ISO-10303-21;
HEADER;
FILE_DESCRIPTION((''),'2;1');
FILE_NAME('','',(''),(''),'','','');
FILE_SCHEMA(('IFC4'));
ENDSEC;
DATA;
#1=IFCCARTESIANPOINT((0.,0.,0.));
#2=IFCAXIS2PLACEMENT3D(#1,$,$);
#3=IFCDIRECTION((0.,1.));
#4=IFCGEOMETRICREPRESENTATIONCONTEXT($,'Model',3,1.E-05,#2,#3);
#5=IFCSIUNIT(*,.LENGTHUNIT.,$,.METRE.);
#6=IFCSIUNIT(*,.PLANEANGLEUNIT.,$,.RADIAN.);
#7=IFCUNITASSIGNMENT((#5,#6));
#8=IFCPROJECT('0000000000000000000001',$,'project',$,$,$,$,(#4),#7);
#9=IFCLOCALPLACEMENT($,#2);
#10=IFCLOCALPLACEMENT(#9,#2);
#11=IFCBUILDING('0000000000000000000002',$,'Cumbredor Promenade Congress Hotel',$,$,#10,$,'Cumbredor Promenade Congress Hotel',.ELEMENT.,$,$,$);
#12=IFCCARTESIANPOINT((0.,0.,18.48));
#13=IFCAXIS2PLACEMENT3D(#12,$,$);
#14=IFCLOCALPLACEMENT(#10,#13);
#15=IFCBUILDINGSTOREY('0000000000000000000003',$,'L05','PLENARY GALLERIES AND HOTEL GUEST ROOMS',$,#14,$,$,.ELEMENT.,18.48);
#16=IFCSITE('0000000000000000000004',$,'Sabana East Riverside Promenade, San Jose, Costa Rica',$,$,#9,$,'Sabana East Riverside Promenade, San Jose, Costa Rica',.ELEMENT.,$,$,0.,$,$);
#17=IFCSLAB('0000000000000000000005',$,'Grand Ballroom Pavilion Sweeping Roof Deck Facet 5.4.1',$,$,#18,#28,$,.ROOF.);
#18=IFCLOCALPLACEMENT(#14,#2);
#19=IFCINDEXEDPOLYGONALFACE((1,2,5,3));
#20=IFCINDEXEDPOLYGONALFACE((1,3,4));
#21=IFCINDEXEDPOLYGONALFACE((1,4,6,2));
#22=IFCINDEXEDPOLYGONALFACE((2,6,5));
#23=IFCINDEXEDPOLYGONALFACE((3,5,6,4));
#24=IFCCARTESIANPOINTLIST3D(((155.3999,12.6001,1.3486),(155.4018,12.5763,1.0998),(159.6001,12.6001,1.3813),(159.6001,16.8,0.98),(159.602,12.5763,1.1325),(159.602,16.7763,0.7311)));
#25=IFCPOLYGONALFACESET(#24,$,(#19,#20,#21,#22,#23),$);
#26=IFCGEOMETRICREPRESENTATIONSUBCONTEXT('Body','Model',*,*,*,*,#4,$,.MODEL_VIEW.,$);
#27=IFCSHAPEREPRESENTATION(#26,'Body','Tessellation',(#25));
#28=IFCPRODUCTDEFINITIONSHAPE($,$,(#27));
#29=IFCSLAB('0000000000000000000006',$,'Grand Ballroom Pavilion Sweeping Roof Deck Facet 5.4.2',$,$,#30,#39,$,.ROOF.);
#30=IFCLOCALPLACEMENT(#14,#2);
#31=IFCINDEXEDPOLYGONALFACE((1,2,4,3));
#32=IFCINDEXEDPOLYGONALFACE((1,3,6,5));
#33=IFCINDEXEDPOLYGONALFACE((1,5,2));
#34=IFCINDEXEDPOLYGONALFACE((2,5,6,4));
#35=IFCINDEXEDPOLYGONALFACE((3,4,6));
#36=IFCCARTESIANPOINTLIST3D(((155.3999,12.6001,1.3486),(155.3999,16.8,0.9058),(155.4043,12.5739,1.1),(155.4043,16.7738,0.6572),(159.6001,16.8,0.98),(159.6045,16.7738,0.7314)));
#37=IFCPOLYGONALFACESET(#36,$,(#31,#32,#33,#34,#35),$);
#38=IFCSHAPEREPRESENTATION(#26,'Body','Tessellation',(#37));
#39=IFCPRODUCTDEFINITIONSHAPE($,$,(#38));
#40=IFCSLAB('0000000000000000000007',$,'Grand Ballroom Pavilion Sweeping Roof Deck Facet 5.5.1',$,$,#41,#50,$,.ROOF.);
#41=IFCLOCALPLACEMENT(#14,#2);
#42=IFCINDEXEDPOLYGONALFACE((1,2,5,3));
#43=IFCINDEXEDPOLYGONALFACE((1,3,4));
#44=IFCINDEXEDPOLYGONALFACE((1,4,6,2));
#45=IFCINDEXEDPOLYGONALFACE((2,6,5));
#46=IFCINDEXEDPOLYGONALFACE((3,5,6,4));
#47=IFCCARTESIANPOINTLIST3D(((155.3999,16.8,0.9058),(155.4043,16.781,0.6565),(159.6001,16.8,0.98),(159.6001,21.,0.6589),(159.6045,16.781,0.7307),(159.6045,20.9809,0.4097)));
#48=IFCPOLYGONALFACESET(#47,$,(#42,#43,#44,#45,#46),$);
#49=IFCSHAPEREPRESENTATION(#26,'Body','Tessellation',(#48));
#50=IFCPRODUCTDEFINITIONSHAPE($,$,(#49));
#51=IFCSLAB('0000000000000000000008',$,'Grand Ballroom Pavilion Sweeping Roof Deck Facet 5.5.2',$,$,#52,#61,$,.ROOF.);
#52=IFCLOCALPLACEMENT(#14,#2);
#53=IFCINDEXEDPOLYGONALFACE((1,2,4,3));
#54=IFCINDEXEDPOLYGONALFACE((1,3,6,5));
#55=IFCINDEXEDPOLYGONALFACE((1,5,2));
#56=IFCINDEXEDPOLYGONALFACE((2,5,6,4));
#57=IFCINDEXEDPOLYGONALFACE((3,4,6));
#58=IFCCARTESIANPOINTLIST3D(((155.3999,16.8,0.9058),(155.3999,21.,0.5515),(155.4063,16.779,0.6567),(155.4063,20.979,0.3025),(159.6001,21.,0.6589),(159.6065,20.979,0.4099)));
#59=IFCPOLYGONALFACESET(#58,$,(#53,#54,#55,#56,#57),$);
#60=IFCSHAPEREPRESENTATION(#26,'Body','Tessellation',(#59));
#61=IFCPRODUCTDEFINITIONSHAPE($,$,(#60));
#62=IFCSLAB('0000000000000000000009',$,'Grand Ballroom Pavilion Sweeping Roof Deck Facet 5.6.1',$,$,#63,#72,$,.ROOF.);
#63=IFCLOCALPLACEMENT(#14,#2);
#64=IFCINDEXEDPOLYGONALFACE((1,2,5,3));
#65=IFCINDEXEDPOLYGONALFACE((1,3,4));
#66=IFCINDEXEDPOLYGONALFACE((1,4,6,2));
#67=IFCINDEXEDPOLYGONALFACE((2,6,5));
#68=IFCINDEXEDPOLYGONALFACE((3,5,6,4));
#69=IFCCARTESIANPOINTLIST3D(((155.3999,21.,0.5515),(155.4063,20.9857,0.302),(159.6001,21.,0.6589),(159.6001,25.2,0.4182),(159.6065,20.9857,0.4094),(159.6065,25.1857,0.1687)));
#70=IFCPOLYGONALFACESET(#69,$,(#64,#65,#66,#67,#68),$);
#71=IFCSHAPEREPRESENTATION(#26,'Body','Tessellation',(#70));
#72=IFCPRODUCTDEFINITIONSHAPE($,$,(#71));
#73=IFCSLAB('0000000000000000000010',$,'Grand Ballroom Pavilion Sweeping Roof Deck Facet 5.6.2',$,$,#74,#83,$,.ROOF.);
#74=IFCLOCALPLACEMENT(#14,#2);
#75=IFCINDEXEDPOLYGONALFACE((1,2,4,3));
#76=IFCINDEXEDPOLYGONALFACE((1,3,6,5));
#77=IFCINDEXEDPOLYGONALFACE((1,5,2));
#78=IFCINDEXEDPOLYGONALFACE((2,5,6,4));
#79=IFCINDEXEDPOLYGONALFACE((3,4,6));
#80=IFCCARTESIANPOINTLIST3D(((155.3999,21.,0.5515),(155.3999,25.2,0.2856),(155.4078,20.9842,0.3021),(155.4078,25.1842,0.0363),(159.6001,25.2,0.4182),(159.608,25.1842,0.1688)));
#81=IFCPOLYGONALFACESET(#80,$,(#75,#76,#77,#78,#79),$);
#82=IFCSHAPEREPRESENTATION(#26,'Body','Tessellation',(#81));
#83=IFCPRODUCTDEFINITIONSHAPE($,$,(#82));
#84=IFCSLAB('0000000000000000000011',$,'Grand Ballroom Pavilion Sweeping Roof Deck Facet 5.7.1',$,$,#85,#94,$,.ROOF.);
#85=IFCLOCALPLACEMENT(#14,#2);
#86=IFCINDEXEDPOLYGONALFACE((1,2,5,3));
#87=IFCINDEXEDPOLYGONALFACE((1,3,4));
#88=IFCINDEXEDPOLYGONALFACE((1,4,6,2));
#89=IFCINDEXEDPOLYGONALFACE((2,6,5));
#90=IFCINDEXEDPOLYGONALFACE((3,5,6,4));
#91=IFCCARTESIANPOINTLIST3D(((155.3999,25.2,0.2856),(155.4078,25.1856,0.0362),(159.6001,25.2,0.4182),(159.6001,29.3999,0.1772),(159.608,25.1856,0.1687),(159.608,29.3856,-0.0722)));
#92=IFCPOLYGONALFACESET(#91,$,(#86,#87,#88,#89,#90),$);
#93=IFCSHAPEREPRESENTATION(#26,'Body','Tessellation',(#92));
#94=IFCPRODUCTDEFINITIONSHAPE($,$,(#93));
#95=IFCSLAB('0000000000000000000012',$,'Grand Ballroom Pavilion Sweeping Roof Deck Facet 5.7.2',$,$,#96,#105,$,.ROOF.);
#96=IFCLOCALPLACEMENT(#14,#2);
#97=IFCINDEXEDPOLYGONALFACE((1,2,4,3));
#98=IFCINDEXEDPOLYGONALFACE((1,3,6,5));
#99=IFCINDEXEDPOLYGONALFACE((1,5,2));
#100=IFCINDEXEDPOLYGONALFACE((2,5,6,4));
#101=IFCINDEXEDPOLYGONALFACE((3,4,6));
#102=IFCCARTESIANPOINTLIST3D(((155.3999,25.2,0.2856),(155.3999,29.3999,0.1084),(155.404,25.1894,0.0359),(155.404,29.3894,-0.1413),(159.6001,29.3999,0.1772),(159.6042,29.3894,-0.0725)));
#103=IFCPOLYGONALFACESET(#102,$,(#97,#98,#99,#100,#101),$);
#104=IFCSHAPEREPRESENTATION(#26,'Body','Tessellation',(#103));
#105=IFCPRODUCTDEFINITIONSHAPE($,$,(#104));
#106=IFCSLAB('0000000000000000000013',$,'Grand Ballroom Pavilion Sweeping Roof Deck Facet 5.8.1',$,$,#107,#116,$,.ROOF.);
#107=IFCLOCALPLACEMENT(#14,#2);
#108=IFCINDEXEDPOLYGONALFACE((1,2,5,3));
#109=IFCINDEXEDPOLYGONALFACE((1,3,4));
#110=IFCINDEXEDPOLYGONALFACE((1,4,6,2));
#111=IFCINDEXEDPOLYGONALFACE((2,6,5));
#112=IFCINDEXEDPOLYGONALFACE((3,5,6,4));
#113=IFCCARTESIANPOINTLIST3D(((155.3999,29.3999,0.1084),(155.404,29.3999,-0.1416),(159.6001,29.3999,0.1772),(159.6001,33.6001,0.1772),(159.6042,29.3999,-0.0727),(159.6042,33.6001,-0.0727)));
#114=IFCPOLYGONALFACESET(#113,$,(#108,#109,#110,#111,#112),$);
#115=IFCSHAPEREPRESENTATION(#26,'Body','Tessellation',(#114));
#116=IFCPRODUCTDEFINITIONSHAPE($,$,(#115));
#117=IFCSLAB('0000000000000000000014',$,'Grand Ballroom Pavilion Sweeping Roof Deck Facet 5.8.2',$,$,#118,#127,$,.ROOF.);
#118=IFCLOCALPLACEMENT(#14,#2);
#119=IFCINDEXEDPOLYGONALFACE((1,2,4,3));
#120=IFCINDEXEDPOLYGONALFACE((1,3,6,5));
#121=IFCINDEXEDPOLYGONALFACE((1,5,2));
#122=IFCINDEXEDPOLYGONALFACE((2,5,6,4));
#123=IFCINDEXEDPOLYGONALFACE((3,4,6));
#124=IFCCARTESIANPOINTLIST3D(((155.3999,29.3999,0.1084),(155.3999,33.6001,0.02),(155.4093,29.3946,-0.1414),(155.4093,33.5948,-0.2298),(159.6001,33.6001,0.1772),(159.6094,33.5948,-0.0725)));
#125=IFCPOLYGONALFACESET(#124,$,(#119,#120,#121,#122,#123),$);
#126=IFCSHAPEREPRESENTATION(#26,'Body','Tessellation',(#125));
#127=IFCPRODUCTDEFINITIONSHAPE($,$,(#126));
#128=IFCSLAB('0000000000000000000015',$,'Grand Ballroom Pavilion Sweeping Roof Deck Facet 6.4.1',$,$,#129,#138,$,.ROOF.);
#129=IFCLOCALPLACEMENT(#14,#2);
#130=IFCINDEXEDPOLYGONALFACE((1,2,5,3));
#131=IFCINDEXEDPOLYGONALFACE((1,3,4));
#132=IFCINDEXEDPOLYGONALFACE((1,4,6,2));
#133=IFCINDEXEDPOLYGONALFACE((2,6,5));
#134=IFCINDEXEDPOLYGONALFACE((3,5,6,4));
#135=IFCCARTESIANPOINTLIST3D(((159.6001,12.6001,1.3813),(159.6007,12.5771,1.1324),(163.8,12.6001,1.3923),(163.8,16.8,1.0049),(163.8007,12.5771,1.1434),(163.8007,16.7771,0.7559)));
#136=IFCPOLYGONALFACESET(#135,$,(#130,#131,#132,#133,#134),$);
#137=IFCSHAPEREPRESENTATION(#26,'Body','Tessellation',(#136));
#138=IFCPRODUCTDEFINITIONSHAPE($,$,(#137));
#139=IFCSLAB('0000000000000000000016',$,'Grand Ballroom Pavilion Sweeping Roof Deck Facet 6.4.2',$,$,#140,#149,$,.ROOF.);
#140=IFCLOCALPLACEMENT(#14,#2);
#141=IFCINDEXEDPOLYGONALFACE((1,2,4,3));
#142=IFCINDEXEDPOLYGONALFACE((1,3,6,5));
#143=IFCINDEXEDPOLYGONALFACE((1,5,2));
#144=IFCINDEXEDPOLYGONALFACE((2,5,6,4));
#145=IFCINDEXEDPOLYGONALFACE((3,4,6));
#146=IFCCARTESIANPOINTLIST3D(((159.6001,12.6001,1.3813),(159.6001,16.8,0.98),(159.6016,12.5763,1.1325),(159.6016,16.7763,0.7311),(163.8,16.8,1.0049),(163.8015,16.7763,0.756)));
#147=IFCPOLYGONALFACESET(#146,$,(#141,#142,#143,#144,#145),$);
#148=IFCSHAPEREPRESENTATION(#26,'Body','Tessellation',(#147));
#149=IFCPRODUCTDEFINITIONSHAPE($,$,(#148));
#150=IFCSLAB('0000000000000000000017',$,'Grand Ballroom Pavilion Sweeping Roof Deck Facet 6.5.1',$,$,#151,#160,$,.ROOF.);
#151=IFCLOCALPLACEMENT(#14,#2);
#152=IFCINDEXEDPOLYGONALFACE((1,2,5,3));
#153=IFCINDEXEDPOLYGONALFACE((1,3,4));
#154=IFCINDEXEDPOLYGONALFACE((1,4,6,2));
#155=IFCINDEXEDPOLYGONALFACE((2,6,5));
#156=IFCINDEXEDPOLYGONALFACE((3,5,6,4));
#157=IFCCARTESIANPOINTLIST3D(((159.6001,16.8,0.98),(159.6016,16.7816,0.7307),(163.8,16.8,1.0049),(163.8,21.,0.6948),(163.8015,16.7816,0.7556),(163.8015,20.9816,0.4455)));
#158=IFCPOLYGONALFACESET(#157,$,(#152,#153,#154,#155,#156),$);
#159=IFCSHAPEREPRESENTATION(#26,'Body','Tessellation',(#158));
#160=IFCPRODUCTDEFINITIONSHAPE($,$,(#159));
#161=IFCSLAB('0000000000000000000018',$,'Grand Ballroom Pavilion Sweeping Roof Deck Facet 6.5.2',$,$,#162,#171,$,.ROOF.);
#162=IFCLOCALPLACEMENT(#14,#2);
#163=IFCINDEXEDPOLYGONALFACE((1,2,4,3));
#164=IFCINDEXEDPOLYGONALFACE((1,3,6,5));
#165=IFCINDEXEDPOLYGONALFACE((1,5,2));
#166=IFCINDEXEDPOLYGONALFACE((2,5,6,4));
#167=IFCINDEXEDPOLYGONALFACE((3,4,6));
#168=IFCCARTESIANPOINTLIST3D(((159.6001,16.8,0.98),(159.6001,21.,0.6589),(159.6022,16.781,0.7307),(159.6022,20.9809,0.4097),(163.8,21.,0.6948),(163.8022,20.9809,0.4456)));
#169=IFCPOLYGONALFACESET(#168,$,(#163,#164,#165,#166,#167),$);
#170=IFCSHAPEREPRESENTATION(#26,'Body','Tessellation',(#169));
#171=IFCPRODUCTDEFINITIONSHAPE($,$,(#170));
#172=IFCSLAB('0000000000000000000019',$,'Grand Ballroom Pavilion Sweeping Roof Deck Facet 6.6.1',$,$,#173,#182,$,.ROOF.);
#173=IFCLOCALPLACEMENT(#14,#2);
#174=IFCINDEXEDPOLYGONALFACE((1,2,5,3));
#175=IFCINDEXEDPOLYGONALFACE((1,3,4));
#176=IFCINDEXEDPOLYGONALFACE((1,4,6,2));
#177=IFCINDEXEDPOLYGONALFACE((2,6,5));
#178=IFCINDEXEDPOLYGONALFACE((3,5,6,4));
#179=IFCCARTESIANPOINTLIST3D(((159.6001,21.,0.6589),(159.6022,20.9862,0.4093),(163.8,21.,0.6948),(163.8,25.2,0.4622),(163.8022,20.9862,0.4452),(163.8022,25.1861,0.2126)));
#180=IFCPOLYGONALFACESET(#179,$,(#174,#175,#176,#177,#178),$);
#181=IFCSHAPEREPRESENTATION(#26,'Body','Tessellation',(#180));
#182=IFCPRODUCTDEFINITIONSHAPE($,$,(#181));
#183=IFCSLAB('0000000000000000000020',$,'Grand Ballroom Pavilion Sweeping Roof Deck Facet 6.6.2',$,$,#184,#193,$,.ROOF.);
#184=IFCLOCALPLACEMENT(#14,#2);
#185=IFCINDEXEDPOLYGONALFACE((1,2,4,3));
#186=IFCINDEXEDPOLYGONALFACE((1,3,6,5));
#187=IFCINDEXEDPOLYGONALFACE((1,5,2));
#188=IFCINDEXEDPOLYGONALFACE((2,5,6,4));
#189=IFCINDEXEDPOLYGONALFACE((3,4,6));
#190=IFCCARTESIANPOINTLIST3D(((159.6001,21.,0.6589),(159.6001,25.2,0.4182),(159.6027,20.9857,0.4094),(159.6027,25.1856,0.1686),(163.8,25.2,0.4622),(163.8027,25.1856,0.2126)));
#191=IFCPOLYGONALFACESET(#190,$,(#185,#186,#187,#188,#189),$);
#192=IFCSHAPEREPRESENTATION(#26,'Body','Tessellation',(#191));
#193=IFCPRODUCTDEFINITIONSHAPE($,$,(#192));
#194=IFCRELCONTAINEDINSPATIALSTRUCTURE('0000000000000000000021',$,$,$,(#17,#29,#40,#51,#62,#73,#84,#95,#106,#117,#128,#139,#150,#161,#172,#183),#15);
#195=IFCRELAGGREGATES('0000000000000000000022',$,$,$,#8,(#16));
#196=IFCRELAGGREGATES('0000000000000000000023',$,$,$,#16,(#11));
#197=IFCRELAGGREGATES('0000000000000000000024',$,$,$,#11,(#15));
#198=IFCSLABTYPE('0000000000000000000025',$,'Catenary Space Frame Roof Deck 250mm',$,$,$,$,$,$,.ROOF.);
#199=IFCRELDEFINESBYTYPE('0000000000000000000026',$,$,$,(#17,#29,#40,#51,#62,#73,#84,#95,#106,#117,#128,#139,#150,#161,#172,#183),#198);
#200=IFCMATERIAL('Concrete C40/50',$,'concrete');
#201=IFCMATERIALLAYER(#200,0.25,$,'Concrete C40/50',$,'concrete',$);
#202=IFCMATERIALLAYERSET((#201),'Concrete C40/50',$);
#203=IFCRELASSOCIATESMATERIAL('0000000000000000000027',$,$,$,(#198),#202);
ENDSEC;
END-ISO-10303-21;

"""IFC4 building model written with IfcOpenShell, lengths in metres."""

from ifc_helpers import new_model, si_unit, direction, frame, origin, place, context, subcontext, project, spatial, polyline, outline, extrude, material, layer, layer_set, type_object, element, save


model = new_model("IFC4")

# Units and contexts
model_context = context("Model", 3, precision=1e-05, world=origin(), true_north=direction((0.0, 1.0)))
body_context = subcontext(model_context, "Body", "Model", "MODEL_VIEW")
ifc_project = project(units=[si_unit("LENGTHUNIT", "METRE"), si_unit("PLANEANGLEUNIT", "RADIAN")], contexts=[model_context])

# Site, building, storey
site_placement = place(None, origin())
site = spatial("IfcSite", under=ifc_project, at=site_placement, Name="Sabana East Riverside Promenade, San Jose, Costa Rica", LongName="Sabana East Riverside Promenade, San Jose, Costa Rica", CompositionType="ELEMENT", RefElevation=0.0)
building_placement = place(site_placement, origin())
building = spatial("IfcBuilding", under=site, at=building_placement, Name="Cumbredor Promenade Congress Hotel", LongName="Cumbredor Promenade Congress Hotel", CompositionType="ELEMENT")
storey_placement = place(building_placement, frame((0.0, 0.0, 18.48)))
storey = spatial("IfcBuildingStorey", under=building, at=storey_placement, Name="L05", Description="PLENARY GALLERIES AND HOTEL GUEST ROOMS", CompositionType="ELEMENT", Elevation=18.48)

# Slabs
ifc_material_1 = material(Name="Concrete C40/50", Category="concrete")
ifc_layer_1 = layer(ifc_material_1, 0.25, Name="Concrete C40/50", Category="concrete")
ifc_layer_set_1 = layer_set([ifc_layer_1], Name="Concrete C40/50")
slab_type = type_object("IfcSlabType", Name="Catenary Space Frame Roof Deck 250mm", PredefinedType="ROOF", material=ifc_layer_set_1)
slab_1_placement = place(storey_placement, frame((155.3999, 12.6001, 1.3486), z_axis=(-0.007753, 0.095128, 0.995435), x_axis=(0.99997, 0.0, 0.007789)))
element("IfcSlab", 1, at=slab_1_placement, inside=storey, type_object=slab_type, Name="Grand Ballroom Pavilion Sweeping Roof Deck Facet 5.4.1", PredefinedType="ROOF", context=body_context, shape_type="SweptSolid", body=[
    extrude(outline(polyline([(0.0, 0.0), (4.2003, 0.0), (4.1972, 4.2191), (0.0, 0.0)])), origin(), (0.0, 0.0, -1.0), 0.25),
])
slab_2_placement = place(storey_placement, frame((155.3999, 12.6001, 1.3486), z_axis=(-0.01757, 0.104849, 0.994333), x_axis=(0.705769, 0.705728, -0.061946)))
element("IfcSlab", 2, at=slab_2_placement, inside=storey, type_object=slab_type, Name="Grand Ballroom Pavilion Sweeping Roof Deck Facet 5.4.2", PredefinedType="ROOF", context=body_context, shape_type="SweptSolid", body=[
    extrude(outline(polyline([(0.0, 0.0), (5.9512, 0.0), (2.9915, 2.9811), (0.0, 0.0)])), origin(), (0.0, 0.0, -1.0), 0.25),
])
slab_3_placement = place(storey_placement, frame((155.3999, 16.8, 0.9058), z_axis=(-0.017616, 0.076206, 0.996936), x_axis=(0.999844, 0.0, 0.017668)))
element("IfcSlab", 3, at=slab_3_placement, inside=storey, type_object=slab_type, Name="Grand Ballroom Pavilion Sweeping Roof Deck Facet 5.5.1", PredefinedType="ROOF", context=body_context, shape_type="SweptSolid", body=[
    extrude(outline(polyline([(0.0, 0.0), (4.2009, 0.0), (4.1952, 4.2122), (0.0, 0.0)])), origin(), (0.0, 0.0, -1.0), 0.25),
])
slab_4_placement = place(storey_placement, frame((155.3999, 16.8, 0.9058), z_axis=(-0.025477, 0.08402, 0.996138), x_axis=(0.706518, 0.706477, -0.041519)))
element("IfcSlab", 4, at=slab_4_placement, inside=storey, type_object=slab_type, Name="Grand Ballroom Pavilion Sweeping Roof Deck Facet 5.5.2", PredefinedType="ROOF", context=body_context, shape_type="SweptSolid", body=[
    extrude(outline(polyline([(0.0, 0.0), (5.9449, 0.0), (2.9819, 2.9788), (0.0, 0.0)])), origin(), (0.0, 0.0, -1.0), 0.25),
])
slab_5_placement = place(storey_placement, frame((155.3999, 21.0, 0.5515), z_axis=(-0.025525, 0.057203, 0.998036), x_axis=(0.999673, 0.0, 0.025567)))
element("IfcSlab", 5, at=slab_5_placement, inside=storey, type_object=slab_type, Name="Grand Ballroom Pavilion Sweeping Roof Deck Facet 5.6.1", PredefinedType="ROOF", context=body_context, shape_type="SweptSolid", body=[
    extrude(outline(polyline([(0.0, 0.0), (4.2016, 0.0), (4.1954, 4.2068), (0.0, 0.0)])), origin(), (0.0, 0.0, -1.0), 0.25),
])
slab_6_placement = place(storey_placement, frame((155.3999, 21.0, 0.5515), z_axis=(-0.031484, 0.063145, 0.997508), x_axis=(0.706949, 0.706908, -0.022436)))
element("IfcSlab", 6, at=slab_6_placement, inside=storey, type_object=slab_type, Name="Grand Ballroom Pavilion Sweeping Roof Deck Facet 5.6.2", PredefinedType="ROOF", context=body_context, shape_type="SweptSolid", body=[
    extrude(outline(polyline([(0.0, 0.0), (5.9413, 0.0), (2.9749, 2.9766), (0.0, 0.0)])), origin(), (0.0, 0.0, -1.0), 0.25),
])
slab_7_placement = place(storey_placement, frame((155.3999, 25.2, 0.2856), z_axis=(-0.031495, 0.057251, 0.997863), x_axis=(0.999502, 0.0, 0.031547)))
element("IfcSlab", 7, at=slab_7_placement, inside=storey, type_object=slab_type, Name="Grand Ballroom Pavilion Sweeping Roof Deck Facet 5.7.1", PredefinedType="ROOF", context=body_context, shape_type="SweptSolid", body=[
    extrude(outline(polyline([(0.0, 0.0), (4.2023, 0.0), (4.1947, 4.2069), (0.0, 0.0)])), origin(), (0.0, 0.0, -1.0), 0.25),
])
slab_8_placement = place(storey_placement, frame((155.3999, 25.2, 0.2856), z_axis=(-0.016375, 0.042159, 0.998977), x_axis=(0.70701, 0.706969, -0.018246)))
element("IfcSlab", 8, at=slab_8_placement, inside=storey, type_object=slab_type, Name="Grand Ballroom Pavilion Sweeping Roof Deck Facet 5.7.2", PredefinedType="ROOF", context=body_context, shape_type="SweptSolid", body=[
    extrude(outline(polyline([(0.0, 0.0), (5.9408, 0.0), (2.9725, 2.9724), (0.0, 0.0)])), origin(), (0.0, 0.0, -1.0), 0.25),
])
slab_9_placement = place(storey_placement, frame((155.3999, 29.3999, 0.1084), z_axis=(-0.016389, 0.0, 0.999866), x_axis=(0.999866, 0.0, 0.016389)))
element("IfcSlab", 9, at=slab_9_placement, inside=storey, type_object=slab_type, Name="Grand Ballroom Pavilion Sweeping Roof Deck Facet 5.8.1", PredefinedType="ROOF", context=body_context, shape_type="SweptSolid", body=[
    extrude(outline(polyline([(0.0, 0.0), (4.2008, 0.0), (4.2008, 4.2002), (0.0, 0.0)])), origin(), (0.0, 0.0, -1.0), 0.25),
])
slab_10_placement = place(storey_placement, frame((155.3999, 29.3999, 0.1084), z_axis=(-0.037399, 0.021022, 0.999079), x_axis=(0.707059, 0.707059, 0.01159)))
element("IfcSlab", 10, at=slab_10_placement, inside=storey, type_object=slab_type, Name="Grand Ballroom Pavilion Sweeping Roof Deck Facet 5.8.2", PredefinedType="ROOF", context=body_context, shape_type="SweptSolid", body=[
    extrude(outline(polyline([(0.0, 0.0), (5.9404, 0.0), (2.9688, 2.9725), (0.0, 0.0)])), origin(), (0.0, 0.0, -1.0), 0.25),
])
slab_11_placement = place(storey_placement, frame((159.6001, 12.6001, 1.3813), z_axis=(-0.002605, 0.091861, 0.995768), x_axis=(0.999997, 0.0, 0.002616)))
element("IfcSlab", 11, at=slab_11_placement, inside=storey, type_object=slab_type, Name="Grand Ballroom Pavilion Sweeping Roof Deck Facet 6.4.1", PredefinedType="ROOF", context=body_context, shape_type="SweptSolid", body=[
    extrude(outline(polyline([(0.0, 0.0), (4.2, 0.0), (4.199, 4.2178), (0.0, 0.0)])), origin(), (0.0, 0.0, -1.0), 0.25),
])
slab_12_placement = place(storey_placement, frame((159.6001, 12.6001, 1.3813), z_axis=(-0.005902, 0.09513, 0.995447), x_axis=(0.705691, 0.705691, -0.063255)))
element("IfcSlab", 12, at=slab_12_placement, inside=storey, type_object=slab_type, Name="Grand Ballroom Pavilion Sweeping Roof Deck Facet 6.4.2", PredefinedType="ROOF", context=body_context, shape_type="SweptSolid", body=[
    extrude(outline(polyline([(0.0, 0.0), (5.9515, 0.0), (2.9893, 2.9774), (0.0, 0.0)])), origin(), (0.0, 0.0, -1.0), 0.25),
])
slab_13_placement = place(storey_placement, frame((159.6001, 16.8, 0.98), z_axis=(-0.005913, 0.073623, 0.997269), x_axis=(0.999982, 0.0, 0.005929)))
element("IfcSlab", 13, at=slab_13_placement, inside=storey, type_object=slab_type, Name="Grand Ballroom Pavilion Sweeping Roof Deck Facet 6.5.1", PredefinedType="ROOF", context=body_context, shape_type="SweptSolid", body=[
    extrude(outline(polyline([(0.0, 0.0), (4.2, 0.0), (4.1982, 4.2114), (0.0, 0.0)])), origin(), (0.0, 0.0, -1.0), 0.25),
])
slab_14_placement = place(storey_placement, frame((159.6001, 16.8, 0.98), z_axis=(-0.00852, 0.076215, 0.997055), x_axis=(0.706293, 0.706293, -0.047954)))
element("IfcSlab", 14, at=slab_14_placement, inside=storey, type_object=slab_type, Name="Grand Ballroom Pavilion Sweeping Roof Deck Facet 6.5.2", PredefinedType="ROOF", context=body_context, shape_type="SweptSolid", body=[
    extrude(outline(polyline([(0.0, 0.0), (5.9465, 0.0), (2.9818, 2.9752), (0.0, 0.0)])), origin(), (0.0, 0.0, -1.0), 0.25),
])
slab_15_placement = place(storey_placement, frame((159.6001, 21.0, 0.6589), z_axis=(-0.008532, 0.05531, 0.998433), x_axis=(0.999963, 0.0, 0.008545)))
element("IfcSlab", 15, at=slab_15_placement, inside=storey, type_object=slab_type, Name="Grand Ballroom Pavilion Sweeping Roof Deck Facet 6.6.1", PredefinedType="ROOF", context=body_context, shape_type="SweptSolid", body=[
    extrude(outline(polyline([(0.0, 0.0), (4.2001, 0.0), (4.1981, 4.2064), (0.0, 0.0)])), origin(), (0.0, 0.0, -1.0), 0.25),
])
slab_16_placement = place(storey_placement, frame((159.6001, 21.0, 0.6589), z_axis=(-0.010446, 0.057219, 0.998307), x_axis=(0.706719, 0.706719, -0.033111)))
element("IfcSlab", 16, at=slab_16_placement, inside=storey, type_object=slab_type, Name="Grand Ballroom Pavilion Sweeping Roof Deck Facet 6.6.2", PredefinedType="ROOF", context=body_context, shape_type="SweptSolid", body=[
    extrude(outline(polyline([(0.0, 0.0), (5.9429, 0.0), (2.9762, 2.9732), (0.0, 0.0)])), origin(), (0.0, 0.0, -1.0), 0.25),
])

save(model, "model.ifc")
